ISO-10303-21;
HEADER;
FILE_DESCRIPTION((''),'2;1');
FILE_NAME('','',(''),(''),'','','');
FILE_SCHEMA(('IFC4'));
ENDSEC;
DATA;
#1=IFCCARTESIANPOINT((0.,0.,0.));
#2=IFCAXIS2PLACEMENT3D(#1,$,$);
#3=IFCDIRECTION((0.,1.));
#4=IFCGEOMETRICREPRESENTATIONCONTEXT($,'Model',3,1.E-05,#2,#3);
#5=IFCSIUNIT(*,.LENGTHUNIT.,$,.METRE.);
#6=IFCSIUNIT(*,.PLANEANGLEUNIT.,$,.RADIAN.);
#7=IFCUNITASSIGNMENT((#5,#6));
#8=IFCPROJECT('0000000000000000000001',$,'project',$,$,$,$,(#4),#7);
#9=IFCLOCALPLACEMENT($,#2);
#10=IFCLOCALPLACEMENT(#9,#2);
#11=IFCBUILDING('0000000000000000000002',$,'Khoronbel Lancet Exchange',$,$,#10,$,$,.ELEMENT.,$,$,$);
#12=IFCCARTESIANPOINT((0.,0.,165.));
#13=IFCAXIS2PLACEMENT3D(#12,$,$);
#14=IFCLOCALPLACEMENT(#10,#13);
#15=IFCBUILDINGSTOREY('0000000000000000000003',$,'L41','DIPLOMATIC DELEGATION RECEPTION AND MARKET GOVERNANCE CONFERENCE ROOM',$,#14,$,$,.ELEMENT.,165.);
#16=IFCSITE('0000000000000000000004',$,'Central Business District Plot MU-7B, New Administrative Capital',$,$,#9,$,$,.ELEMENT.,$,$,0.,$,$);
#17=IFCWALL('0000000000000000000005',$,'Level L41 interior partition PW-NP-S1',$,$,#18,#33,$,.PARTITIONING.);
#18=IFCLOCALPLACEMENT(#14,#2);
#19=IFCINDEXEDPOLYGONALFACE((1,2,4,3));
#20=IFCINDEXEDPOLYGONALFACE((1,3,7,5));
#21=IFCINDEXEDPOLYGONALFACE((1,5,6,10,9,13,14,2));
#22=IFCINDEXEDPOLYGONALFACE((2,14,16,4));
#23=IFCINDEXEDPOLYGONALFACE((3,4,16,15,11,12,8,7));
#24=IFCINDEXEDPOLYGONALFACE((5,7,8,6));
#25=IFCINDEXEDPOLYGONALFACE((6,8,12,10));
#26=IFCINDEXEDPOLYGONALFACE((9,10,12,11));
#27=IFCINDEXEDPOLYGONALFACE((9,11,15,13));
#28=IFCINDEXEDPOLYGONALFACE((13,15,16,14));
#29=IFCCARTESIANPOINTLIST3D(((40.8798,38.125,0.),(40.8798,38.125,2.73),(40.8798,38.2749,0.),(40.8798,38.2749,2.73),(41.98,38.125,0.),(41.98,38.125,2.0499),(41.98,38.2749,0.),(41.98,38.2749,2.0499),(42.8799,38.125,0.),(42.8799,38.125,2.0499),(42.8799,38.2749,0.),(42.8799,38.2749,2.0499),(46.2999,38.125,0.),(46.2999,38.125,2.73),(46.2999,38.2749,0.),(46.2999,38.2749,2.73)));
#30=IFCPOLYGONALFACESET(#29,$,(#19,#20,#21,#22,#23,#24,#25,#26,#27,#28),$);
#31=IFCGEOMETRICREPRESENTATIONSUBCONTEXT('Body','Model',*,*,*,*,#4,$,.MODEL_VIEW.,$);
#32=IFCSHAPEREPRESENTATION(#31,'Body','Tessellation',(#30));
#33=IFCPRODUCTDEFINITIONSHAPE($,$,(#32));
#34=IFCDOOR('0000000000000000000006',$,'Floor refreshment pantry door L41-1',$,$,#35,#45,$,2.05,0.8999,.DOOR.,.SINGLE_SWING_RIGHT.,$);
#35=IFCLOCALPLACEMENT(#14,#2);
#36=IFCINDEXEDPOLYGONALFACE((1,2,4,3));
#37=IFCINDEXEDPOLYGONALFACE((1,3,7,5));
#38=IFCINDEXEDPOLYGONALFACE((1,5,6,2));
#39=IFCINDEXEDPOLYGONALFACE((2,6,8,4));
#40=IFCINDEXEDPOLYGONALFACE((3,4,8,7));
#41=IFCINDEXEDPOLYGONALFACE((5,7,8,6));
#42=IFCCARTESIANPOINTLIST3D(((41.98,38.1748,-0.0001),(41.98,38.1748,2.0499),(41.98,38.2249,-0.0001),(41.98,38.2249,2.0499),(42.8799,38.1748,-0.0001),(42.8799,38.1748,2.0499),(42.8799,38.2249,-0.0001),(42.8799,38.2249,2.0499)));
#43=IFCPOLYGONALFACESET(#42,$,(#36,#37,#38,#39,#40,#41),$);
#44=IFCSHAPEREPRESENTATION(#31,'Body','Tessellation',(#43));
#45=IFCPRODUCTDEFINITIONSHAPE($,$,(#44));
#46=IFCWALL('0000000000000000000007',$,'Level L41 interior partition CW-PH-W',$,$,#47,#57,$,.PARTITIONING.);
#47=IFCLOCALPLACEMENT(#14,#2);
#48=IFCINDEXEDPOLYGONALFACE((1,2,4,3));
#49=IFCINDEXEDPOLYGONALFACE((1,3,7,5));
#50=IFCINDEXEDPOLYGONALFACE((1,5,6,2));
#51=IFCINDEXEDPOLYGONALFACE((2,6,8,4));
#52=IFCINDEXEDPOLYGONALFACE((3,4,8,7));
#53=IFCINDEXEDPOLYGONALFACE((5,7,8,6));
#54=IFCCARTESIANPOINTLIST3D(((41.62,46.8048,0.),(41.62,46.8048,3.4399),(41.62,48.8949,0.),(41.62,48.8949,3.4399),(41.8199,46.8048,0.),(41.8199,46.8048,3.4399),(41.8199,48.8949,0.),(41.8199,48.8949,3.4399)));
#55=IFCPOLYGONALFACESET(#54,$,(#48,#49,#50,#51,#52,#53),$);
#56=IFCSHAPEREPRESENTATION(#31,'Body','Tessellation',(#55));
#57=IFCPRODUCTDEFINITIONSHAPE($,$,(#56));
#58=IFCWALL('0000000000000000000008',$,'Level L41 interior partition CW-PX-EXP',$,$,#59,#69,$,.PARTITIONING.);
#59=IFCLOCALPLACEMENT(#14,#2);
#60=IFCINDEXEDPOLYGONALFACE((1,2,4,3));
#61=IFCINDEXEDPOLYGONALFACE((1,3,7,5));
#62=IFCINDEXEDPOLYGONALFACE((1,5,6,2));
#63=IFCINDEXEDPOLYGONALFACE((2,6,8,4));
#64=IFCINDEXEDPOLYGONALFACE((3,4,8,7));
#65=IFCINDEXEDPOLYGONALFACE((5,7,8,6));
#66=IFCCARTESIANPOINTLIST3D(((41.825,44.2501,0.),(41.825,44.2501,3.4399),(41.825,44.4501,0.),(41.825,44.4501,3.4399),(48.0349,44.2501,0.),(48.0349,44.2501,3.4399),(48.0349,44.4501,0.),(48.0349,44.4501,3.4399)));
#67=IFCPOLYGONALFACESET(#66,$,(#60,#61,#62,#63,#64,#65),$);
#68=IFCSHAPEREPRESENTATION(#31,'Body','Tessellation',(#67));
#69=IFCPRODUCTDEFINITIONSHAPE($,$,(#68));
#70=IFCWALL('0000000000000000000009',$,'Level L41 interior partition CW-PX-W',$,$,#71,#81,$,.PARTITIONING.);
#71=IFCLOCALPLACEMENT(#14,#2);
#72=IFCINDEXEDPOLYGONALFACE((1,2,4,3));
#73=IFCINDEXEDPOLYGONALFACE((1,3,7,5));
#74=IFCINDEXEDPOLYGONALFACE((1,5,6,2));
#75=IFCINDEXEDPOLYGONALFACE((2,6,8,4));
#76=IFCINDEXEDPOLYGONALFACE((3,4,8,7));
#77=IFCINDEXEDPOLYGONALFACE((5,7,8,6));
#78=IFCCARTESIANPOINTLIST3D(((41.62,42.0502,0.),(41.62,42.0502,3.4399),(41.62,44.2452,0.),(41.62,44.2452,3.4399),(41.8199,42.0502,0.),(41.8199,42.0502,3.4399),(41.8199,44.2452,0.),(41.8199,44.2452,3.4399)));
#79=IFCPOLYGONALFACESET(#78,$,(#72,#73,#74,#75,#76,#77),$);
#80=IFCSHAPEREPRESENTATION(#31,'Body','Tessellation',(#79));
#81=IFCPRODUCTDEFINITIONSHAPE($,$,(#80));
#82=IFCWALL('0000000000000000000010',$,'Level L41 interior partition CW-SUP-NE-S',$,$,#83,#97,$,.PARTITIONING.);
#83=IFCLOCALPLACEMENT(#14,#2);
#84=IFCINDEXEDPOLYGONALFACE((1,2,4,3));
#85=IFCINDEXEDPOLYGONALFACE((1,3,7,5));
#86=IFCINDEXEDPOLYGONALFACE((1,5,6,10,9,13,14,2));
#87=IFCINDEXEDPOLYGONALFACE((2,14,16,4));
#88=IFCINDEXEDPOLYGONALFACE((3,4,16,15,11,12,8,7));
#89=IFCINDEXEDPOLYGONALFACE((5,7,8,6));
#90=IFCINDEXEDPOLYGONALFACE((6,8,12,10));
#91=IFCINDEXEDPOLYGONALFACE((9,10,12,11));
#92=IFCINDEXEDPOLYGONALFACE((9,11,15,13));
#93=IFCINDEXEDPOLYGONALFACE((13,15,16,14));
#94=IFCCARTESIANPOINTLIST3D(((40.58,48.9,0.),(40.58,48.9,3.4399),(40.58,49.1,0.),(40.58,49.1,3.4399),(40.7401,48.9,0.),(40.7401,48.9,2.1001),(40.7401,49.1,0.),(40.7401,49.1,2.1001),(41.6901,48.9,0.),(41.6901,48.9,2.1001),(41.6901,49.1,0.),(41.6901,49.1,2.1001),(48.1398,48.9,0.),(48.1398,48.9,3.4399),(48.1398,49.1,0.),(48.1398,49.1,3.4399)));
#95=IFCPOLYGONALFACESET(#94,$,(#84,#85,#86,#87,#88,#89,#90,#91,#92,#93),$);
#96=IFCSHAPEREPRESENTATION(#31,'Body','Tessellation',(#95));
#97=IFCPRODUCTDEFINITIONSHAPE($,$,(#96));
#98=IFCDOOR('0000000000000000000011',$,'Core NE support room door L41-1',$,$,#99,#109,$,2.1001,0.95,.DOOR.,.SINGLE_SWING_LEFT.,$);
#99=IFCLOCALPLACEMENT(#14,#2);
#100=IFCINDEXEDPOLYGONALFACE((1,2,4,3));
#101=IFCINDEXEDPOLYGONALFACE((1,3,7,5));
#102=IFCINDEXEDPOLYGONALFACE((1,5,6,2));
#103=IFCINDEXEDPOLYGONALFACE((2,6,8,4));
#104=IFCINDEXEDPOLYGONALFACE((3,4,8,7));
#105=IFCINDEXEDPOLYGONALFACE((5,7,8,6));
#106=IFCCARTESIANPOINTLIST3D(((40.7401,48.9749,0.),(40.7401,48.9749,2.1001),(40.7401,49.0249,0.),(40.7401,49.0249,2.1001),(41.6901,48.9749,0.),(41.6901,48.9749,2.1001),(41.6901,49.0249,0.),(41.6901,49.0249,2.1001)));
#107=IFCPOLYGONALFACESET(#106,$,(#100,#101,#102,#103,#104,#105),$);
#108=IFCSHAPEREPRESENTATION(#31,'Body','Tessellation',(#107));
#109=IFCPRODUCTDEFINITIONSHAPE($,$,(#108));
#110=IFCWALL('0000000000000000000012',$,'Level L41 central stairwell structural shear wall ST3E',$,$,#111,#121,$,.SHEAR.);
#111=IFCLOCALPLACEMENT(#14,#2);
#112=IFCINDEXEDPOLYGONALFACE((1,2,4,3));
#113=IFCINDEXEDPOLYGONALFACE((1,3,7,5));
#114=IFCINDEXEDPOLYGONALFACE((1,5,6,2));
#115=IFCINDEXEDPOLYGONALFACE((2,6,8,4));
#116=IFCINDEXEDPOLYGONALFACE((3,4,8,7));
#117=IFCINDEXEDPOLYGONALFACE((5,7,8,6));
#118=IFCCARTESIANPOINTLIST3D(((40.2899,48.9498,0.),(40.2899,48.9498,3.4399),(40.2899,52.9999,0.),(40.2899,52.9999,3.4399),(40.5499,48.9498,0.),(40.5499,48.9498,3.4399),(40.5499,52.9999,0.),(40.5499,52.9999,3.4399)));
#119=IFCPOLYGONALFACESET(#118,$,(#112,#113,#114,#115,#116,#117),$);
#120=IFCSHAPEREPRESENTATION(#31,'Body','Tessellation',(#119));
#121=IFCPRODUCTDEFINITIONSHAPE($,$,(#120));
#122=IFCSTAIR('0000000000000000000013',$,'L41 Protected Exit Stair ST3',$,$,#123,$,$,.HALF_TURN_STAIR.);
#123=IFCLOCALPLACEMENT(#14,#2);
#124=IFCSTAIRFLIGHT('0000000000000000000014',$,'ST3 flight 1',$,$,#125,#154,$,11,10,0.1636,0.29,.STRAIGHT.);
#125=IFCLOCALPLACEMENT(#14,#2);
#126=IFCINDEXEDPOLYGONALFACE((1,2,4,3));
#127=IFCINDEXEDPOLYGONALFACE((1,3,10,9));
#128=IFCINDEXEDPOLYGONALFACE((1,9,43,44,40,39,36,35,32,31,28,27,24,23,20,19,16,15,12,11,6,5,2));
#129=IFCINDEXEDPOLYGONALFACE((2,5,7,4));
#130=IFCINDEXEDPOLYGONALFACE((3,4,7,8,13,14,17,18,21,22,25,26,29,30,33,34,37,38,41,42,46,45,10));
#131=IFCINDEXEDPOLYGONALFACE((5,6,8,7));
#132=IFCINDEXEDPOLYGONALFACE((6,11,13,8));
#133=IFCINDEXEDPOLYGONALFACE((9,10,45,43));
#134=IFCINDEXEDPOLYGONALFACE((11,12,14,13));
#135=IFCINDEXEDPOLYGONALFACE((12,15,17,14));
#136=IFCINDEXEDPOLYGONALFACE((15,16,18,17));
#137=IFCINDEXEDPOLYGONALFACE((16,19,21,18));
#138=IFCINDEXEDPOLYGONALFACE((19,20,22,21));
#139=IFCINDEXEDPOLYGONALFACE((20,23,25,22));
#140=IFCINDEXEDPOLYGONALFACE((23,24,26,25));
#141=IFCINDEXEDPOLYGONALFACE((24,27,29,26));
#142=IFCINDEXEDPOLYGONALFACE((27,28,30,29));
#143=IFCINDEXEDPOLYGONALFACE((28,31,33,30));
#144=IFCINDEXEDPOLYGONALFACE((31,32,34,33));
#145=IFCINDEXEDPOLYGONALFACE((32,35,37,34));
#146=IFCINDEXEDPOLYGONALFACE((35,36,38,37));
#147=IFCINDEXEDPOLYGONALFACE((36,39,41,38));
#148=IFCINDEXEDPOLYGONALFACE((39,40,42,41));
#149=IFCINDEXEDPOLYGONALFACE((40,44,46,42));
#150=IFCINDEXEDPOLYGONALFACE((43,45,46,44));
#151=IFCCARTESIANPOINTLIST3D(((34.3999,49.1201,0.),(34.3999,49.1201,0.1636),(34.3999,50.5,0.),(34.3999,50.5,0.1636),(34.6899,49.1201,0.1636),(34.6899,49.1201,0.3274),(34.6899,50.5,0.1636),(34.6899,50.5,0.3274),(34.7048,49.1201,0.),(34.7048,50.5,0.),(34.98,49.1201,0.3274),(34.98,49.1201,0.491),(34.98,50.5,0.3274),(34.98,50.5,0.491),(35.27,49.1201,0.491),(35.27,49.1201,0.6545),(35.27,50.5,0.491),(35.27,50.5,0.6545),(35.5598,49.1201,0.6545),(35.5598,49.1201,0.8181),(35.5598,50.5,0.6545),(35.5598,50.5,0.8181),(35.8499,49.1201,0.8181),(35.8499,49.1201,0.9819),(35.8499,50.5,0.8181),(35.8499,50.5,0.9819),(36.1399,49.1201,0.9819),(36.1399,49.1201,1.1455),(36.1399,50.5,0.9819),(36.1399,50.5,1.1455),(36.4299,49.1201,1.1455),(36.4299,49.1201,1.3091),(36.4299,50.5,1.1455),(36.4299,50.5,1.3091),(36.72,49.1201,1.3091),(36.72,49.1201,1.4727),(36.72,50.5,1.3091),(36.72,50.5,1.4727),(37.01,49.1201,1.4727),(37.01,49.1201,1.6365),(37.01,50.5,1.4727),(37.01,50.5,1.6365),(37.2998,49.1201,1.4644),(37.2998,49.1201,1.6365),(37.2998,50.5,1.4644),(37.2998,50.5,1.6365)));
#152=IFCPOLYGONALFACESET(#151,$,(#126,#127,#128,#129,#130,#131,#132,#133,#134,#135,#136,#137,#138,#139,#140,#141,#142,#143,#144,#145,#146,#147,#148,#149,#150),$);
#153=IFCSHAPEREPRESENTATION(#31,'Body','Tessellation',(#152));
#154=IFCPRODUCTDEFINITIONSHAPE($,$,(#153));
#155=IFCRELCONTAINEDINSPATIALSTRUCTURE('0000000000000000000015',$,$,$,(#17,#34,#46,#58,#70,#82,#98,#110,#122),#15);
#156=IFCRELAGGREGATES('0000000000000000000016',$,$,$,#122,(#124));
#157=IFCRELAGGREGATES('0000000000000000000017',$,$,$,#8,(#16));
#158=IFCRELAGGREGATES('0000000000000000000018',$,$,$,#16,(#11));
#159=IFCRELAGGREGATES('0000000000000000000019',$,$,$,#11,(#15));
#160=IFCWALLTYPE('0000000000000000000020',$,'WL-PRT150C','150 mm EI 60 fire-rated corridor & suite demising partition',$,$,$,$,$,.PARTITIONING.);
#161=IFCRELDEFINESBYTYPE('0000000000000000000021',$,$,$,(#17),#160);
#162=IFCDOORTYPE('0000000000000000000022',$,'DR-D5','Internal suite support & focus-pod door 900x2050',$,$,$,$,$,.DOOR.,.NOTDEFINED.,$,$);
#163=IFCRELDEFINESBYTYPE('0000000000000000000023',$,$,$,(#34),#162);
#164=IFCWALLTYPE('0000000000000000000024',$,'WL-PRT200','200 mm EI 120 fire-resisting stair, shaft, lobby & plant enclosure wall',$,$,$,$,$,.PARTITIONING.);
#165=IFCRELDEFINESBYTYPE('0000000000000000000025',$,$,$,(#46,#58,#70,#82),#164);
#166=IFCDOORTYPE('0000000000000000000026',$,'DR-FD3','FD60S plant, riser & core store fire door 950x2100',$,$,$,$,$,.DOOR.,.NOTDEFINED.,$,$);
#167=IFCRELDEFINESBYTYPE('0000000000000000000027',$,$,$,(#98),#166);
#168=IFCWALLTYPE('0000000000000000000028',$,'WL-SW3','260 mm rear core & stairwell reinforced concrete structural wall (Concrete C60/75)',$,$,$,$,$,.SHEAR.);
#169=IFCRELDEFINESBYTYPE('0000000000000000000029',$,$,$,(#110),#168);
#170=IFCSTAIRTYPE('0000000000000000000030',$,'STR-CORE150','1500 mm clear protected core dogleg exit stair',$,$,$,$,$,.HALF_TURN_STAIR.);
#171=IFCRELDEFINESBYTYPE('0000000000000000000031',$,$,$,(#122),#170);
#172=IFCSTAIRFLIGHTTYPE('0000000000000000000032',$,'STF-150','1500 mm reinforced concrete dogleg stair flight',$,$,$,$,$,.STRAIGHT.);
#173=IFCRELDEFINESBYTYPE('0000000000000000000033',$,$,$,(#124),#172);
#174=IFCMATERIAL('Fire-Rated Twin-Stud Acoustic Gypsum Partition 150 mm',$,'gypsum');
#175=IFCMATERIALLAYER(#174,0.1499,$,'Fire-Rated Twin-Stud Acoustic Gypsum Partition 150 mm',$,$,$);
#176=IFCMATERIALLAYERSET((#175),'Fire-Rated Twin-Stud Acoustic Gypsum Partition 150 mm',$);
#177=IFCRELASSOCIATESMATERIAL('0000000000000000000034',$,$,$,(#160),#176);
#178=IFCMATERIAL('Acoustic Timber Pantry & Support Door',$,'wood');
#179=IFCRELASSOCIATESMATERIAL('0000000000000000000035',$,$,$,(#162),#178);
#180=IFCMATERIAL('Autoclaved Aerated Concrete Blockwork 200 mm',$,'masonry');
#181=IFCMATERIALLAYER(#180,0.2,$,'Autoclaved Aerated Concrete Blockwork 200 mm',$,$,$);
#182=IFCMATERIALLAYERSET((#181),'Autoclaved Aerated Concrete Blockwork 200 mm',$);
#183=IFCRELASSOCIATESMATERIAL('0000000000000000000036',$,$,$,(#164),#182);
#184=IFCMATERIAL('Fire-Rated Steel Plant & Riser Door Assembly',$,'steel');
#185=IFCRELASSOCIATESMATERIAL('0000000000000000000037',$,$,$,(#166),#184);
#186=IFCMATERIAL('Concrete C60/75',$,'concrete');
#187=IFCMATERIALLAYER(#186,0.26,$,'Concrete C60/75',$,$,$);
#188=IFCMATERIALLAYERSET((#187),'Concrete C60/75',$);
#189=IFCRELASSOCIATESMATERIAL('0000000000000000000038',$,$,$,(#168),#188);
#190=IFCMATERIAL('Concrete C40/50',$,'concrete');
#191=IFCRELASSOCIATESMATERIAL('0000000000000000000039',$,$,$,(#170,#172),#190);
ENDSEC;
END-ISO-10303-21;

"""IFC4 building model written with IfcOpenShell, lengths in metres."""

from ifc_helpers import new_model, si_unit, direction, frame, frame_2d, origin, place, context, subcontext, project, spatial, polyline, rectangle, outline, extrude, material, layer, layer_set, type_object, element, fill, aggregate, save


model = new_model("IFC4")

# Units and contexts
model_context = context("Model", 3, precision=1e-05, world=origin(), true_north=direction((0.0, 1.0)))
body_context = subcontext(model_context, "Body", "Model", "MODEL_VIEW")
ifc_project = project(units=[si_unit("LENGTHUNIT", "METRE"), si_unit("PLANEANGLEUNIT", "RADIAN")], contexts=[model_context])

# Site, building, storey
site_placement = place(None, origin())
site = spatial("IfcSite", under=ifc_project, at=site_placement, Name="Central Business District Plot MU-7B, New Administrative Capital", CompositionType="ELEMENT", RefElevation=0.0)
building_placement = place(site_placement, origin())
building = spatial("IfcBuilding", under=site, at=building_placement, Name="Khoronbel Lancet Exchange", CompositionType="ELEMENT")
storey_placement = place(building_placement, frame((0.0, 0.0, 165.0)))
storey = spatial("IfcBuildingStorey", under=building, at=storey_placement, Name="L41", Description="DIPLOMATIC DELEGATION RECEPTION AND MARKET GOVERNANCE CONFERENCE ROOM", CompositionType="ELEMENT", Elevation=165.0)

# Wall, opening, door
ifc_material_1 = material(Name="Fire-Rated Twin-Stud Acoustic Gypsum Partition 150 mm", Category="gypsum")
ifc_layer_1 = layer(ifc_material_1, 0.1499, Name="Fire-Rated Twin-Stud Acoustic Gypsum Partition 150 mm")
ifc_layer_set_1 = layer_set([ifc_layer_1], Name="Fire-Rated Twin-Stud Acoustic Gypsum Partition 150 mm")
wall_type_1 = type_object("IfcWallType", Name="WL-PRT150C", Description="150 mm EI 60 fire-rated corridor & suite demising partition", PredefinedType="PARTITIONING", material=ifc_layer_set_1)
wall_1_placement = place(storey_placement, frame((40.8799, 38.2, 0.0), z_axis=(0.0, 0.0, 1.0), x_axis=(1.0, 0.0, 0.0)))
wall_1 = element("IfcWall", 1, at=wall_1_placement, inside=storey, type_object=wall_type_1, Name="Level L41 interior partition PW-NP-S1", PredefinedType="PARTITIONING", context=body_context, shape_type="SweptSolid", body=[
    extrude(rectangle(XDim=5.4202, YDim=0.1499, at=frame_2d((2.71, 0.0))), origin(), (0.0, 0.0, 1.0), 2.73),
])
opening_1_placement = place(wall_1_placement, frame((1.1001, 0.0, 0.0)))
opening_1 = element("IfcOpeningElement", 2, at=opening_1_placement, cuts=wall_1, PredefinedType="OPENING", context=body_context, shape_type="SweptSolid", body=[
    extrude(rectangle(XDim=0.8999, YDim=2.05, at=frame_2d((0.45, 1.0249))), frame((0.0, 0.085, 0.0), z_axis=(0.0, -1.0, 0.0), x_axis=(1.0, 0.0, 0.0)), (0.0, 0.0, 1.0), 0.1699),
])
ifc_material_2 = material(Name="Acoustic Timber Pantry & Support Door", Category="wood")
door_type_1 = type_object("IfcDoorType", Name="DR-D5", Description="Internal suite support & focus-pod door 900x2050", OperationType="NOTDEFINED", PredefinedType="DOOR", material=ifc_material_2)
door_1_placement = place(opening_1_placement, origin())
door_1 = element("IfcDoor", 3, at=door_1_placement, inside=storey, type_object=door_type_1, Name="Floor refreshment pantry door L41-1", OperationType="SINGLE_SWING_RIGHT", OverallHeight=2.05, OverallWidth=0.8999, PredefinedType="DOOR", context=body_context, shape_type="SweptSolid", body=[
    extrude(rectangle(XDim=0.8999, YDim=2.05, at=frame_2d((0.45, 1.0249))), frame((0.0, 0.0249, 0.0), z_axis=(0.0, -1.0, 0.0), x_axis=(1.0, 0.0, 0.0)), (0.0, 0.0, 1.0), 0.05),
])
fill(opening_1, door_1)

# Walls
ifc_material_3 = material(Name="Autoclaved Aerated Concrete Blockwork 200 mm", Category="masonry")
ifc_layer_2 = layer(ifc_material_3, 0.2, Name="Autoclaved Aerated Concrete Blockwork 200 mm")
ifc_layer_set_2 = layer_set([ifc_layer_2], Name="Autoclaved Aerated Concrete Blockwork 200 mm")
wall_type_2 = type_object("IfcWallType", Name="WL-PRT200", Description="200 mm EI 120 fire-resisting stair, shaft, lobby & plant enclosure wall", PredefinedType="PARTITIONING", material=ifc_layer_set_2)
wall_2_placement = place(storey_placement, frame((41.72, 46.8049, 0.0), z_axis=(0.0, 0.0, 1.0), x_axis=(0.0, 1.0, 0.0)))
element("IfcWall", 4, at=wall_2_placement, inside=storey, type_object=wall_type_2, Name="Level L41 interior partition CW-PH-W", PredefinedType="PARTITIONING", context=body_context, shape_type="SweptSolid", body=[
    extrude(rectangle(XDim=2.0901, YDim=0.2, at=frame_2d((1.0449, 0.0))), origin(), (0.0, 0.0, 1.0), 3.4399),
])
wall_3_placement = place(storey_placement, frame((41.825, 44.3501, 0.0), z_axis=(0.0, 0.0, 1.0), x_axis=(1.0, 0.0, 0.0)))
element("IfcWall", 5, at=wall_3_placement, inside=storey, type_object=wall_type_2, Name="Level L41 interior partition CW-PX-EXP", PredefinedType="PARTITIONING", context=body_context, shape_type="SweptSolid", body=[
    extrude(rectangle(XDim=6.21, YDim=0.2, at=frame_2d((3.105, 0.0))), origin(), (0.0, 0.0, 1.0), 3.4399),
])
wall_4_placement = place(storey_placement, frame((41.72, 42.05, 0.0), z_axis=(0.0, 0.0, 1.0), x_axis=(0.0, 1.0, 0.0)))
element("IfcWall", 6, at=wall_4_placement, inside=storey, type_object=wall_type_2, Name="Level L41 interior partition CW-PX-W", PredefinedType="PARTITIONING", context=body_context, shape_type="SweptSolid", body=[
    extrude(rectangle(XDim=2.1951, YDim=0.2, at=frame_2d((1.0977, 0.0))), origin(), (0.0, 0.0, 1.0), 3.4399),
])

# Wall, opening, door
wall_5_placement = place(storey_placement, frame((40.5801, 49.0, 0.0), z_axis=(0.0, 0.0, 1.0), x_axis=(1.0, 0.0, 0.0)))
wall_5 = element("IfcWall", 7, at=wall_5_placement, inside=storey, type_object=wall_type_2, Name="Level L41 interior partition CW-SUP-NE-S", PredefinedType="PARTITIONING", context=body_context, shape_type="SweptSolid", body=[
    extrude(rectangle(XDim=7.5598, YDim=0.2, at=frame_2d((3.7798, 0.0))), origin(), (0.0, 0.0, 1.0), 3.4399),
])
opening_2_placement = place(wall_5_placement, frame((0.1599, 0.0, 0.0)))
opening_2 = element("IfcOpeningElement", 8, at=opening_2_placement, cuts=wall_5, PredefinedType="OPENING", context=body_context, shape_type="SweptSolid", body=[
    extrude(rectangle(XDim=0.95, YDim=2.1001, at=frame_2d((0.4751, 1.05))), frame((0.0, 0.1099, 0.0), z_axis=(0.0, -1.0, 0.0), x_axis=(1.0, 0.0, 0.0)), (0.0, 0.0, 1.0), 0.22),
])
ifc_material_4 = material(Name="Fire-Rated Steel Plant & Riser Door Assembly", Category="steel")
door_type_2 = type_object("IfcDoorType", Name="DR-FD3", Description="FD60S plant, riser & core store fire door 950x2100", OperationType="NOTDEFINED", PredefinedType="DOOR", material=ifc_material_4)
door_2_placement = place(opening_2_placement, origin())
door_2 = element("IfcDoor", 9, at=door_2_placement, inside=storey, type_object=door_type_2, Name="Core NE support room door L41-1", OperationType="SINGLE_SWING_LEFT", OverallHeight=2.1001, OverallWidth=0.95, PredefinedType="DOOR", context=body_context, shape_type="SweptSolid", body=[
    extrude(rectangle(XDim=0.95, YDim=2.1001, at=frame_2d((0.4751, 1.05))), frame((0.0, 0.0249, 0.0), z_axis=(0.0, -1.0, 0.0), x_axis=(1.0, 0.0, 0.0)), (0.0, 0.0, 1.0), 0.05),
])
fill(opening_2, door_2)

# Wall
ifc_material_5 = material(Name="Concrete C60/75", Category="concrete")
ifc_layer_3 = layer(ifc_material_5, 0.26, Name="Concrete C60/75")
ifc_layer_set_3 = layer_set([ifc_layer_3], Name="Concrete C60/75")
wall_type_3 = type_object("IfcWallType", Name="WL-SW3", Description="260 mm rear core & stairwell reinforced concrete structural wall (Concrete C60/75)", PredefinedType="SHEAR", material=ifc_layer_set_3)
wall_6_placement = place(storey_placement, frame((40.4199, 48.95, 0.0), z_axis=(0.0, 0.0, 1.0), x_axis=(0.0, 1.0, 0.0)))
element("IfcWall", 10, at=wall_6_placement, inside=storey, type_object=wall_type_3, Name="Level L41 central stairwell structural shear wall ST3E", PredefinedType="SHEAR", context=body_context, shape_type="SweptSolid", body=[
    extrude(rectangle(XDim=4.05, YDim=0.26, at=frame_2d((2.0249, 0.0))), origin(), (0.0, 0.0, 1.0), 3.4399),
])

# Stair, stair flight
ifc_material_6 = material(Name="Concrete C40/50", Category="concrete")
stair_type = type_object("IfcStairType", Name="STR-CORE150", Description="1500 mm clear protected core dogleg exit stair", PredefinedType="HALF_TURN_STAIR", material=ifc_material_6)
stair_placement = place(storey_placement, origin())
stair = element("IfcStair", 11, at=stair_placement, inside=storey, type_object=stair_type, Name="L41 Protected Exit Stair ST3", PredefinedType="HALF_TURN_STAIR")
stair_flight_type = type_object("IfcStairFlightType", Name="STF-150", Description="1500 mm reinforced concrete dogleg stair flight", PredefinedType="STRAIGHT", material=ifc_material_6)
stair_flight_1_placement = place(storey_placement, frame((34.3999, 49.8101, 0.0), z_axis=(0.0, 0.0, 1.0), x_axis=(1.0, 0.0, 0.0)))
stair_flight_1 = element("IfcStairFlight", 12, at=stair_flight_1_placement, type_object=stair_flight_type, Name="ST3 flight 1", NumberOfRisers=11, NumberOfTreads=10, PredefinedType="STRAIGHT", RiserHeight=0.1636, TreadLength=0.29, context=body_context, shape_type="SweptSolid", body=[
    extrude(outline(polyline([(0.0, 0.0), (0.0, 0.1636), (0.29, 0.1636), (0.29, 0.3274), (0.5801, 0.3274), (0.5801, 0.491), (0.8701, 0.491), (0.8701, 0.6545), (1.1599, 0.6545), (1.1599, 0.8181), (1.45, 0.8181), (1.45, 0.9819), (1.74, 0.9819), (1.74, 1.1455), (2.03, 1.1455), (2.03, 1.3091), (2.3201, 1.3091), (2.3201, 1.4727), (2.6101, 1.4727), (2.6101, 1.6365), (2.8999, 1.6365), (2.8999, 1.8), (2.8999, 1.4644), (0.3049, 0.0), (0.0, 0.0)])), frame((0.0, 0.6899, 0.0), z_axis=(0.0, -1.0, 0.0), x_axis=(1.0, 0.0, 0.0)), (0.0, 0.0, 1.0), 1.3799),
])
aggregate(stair, [stair_flight_1])

save(model, "model.ifc")
